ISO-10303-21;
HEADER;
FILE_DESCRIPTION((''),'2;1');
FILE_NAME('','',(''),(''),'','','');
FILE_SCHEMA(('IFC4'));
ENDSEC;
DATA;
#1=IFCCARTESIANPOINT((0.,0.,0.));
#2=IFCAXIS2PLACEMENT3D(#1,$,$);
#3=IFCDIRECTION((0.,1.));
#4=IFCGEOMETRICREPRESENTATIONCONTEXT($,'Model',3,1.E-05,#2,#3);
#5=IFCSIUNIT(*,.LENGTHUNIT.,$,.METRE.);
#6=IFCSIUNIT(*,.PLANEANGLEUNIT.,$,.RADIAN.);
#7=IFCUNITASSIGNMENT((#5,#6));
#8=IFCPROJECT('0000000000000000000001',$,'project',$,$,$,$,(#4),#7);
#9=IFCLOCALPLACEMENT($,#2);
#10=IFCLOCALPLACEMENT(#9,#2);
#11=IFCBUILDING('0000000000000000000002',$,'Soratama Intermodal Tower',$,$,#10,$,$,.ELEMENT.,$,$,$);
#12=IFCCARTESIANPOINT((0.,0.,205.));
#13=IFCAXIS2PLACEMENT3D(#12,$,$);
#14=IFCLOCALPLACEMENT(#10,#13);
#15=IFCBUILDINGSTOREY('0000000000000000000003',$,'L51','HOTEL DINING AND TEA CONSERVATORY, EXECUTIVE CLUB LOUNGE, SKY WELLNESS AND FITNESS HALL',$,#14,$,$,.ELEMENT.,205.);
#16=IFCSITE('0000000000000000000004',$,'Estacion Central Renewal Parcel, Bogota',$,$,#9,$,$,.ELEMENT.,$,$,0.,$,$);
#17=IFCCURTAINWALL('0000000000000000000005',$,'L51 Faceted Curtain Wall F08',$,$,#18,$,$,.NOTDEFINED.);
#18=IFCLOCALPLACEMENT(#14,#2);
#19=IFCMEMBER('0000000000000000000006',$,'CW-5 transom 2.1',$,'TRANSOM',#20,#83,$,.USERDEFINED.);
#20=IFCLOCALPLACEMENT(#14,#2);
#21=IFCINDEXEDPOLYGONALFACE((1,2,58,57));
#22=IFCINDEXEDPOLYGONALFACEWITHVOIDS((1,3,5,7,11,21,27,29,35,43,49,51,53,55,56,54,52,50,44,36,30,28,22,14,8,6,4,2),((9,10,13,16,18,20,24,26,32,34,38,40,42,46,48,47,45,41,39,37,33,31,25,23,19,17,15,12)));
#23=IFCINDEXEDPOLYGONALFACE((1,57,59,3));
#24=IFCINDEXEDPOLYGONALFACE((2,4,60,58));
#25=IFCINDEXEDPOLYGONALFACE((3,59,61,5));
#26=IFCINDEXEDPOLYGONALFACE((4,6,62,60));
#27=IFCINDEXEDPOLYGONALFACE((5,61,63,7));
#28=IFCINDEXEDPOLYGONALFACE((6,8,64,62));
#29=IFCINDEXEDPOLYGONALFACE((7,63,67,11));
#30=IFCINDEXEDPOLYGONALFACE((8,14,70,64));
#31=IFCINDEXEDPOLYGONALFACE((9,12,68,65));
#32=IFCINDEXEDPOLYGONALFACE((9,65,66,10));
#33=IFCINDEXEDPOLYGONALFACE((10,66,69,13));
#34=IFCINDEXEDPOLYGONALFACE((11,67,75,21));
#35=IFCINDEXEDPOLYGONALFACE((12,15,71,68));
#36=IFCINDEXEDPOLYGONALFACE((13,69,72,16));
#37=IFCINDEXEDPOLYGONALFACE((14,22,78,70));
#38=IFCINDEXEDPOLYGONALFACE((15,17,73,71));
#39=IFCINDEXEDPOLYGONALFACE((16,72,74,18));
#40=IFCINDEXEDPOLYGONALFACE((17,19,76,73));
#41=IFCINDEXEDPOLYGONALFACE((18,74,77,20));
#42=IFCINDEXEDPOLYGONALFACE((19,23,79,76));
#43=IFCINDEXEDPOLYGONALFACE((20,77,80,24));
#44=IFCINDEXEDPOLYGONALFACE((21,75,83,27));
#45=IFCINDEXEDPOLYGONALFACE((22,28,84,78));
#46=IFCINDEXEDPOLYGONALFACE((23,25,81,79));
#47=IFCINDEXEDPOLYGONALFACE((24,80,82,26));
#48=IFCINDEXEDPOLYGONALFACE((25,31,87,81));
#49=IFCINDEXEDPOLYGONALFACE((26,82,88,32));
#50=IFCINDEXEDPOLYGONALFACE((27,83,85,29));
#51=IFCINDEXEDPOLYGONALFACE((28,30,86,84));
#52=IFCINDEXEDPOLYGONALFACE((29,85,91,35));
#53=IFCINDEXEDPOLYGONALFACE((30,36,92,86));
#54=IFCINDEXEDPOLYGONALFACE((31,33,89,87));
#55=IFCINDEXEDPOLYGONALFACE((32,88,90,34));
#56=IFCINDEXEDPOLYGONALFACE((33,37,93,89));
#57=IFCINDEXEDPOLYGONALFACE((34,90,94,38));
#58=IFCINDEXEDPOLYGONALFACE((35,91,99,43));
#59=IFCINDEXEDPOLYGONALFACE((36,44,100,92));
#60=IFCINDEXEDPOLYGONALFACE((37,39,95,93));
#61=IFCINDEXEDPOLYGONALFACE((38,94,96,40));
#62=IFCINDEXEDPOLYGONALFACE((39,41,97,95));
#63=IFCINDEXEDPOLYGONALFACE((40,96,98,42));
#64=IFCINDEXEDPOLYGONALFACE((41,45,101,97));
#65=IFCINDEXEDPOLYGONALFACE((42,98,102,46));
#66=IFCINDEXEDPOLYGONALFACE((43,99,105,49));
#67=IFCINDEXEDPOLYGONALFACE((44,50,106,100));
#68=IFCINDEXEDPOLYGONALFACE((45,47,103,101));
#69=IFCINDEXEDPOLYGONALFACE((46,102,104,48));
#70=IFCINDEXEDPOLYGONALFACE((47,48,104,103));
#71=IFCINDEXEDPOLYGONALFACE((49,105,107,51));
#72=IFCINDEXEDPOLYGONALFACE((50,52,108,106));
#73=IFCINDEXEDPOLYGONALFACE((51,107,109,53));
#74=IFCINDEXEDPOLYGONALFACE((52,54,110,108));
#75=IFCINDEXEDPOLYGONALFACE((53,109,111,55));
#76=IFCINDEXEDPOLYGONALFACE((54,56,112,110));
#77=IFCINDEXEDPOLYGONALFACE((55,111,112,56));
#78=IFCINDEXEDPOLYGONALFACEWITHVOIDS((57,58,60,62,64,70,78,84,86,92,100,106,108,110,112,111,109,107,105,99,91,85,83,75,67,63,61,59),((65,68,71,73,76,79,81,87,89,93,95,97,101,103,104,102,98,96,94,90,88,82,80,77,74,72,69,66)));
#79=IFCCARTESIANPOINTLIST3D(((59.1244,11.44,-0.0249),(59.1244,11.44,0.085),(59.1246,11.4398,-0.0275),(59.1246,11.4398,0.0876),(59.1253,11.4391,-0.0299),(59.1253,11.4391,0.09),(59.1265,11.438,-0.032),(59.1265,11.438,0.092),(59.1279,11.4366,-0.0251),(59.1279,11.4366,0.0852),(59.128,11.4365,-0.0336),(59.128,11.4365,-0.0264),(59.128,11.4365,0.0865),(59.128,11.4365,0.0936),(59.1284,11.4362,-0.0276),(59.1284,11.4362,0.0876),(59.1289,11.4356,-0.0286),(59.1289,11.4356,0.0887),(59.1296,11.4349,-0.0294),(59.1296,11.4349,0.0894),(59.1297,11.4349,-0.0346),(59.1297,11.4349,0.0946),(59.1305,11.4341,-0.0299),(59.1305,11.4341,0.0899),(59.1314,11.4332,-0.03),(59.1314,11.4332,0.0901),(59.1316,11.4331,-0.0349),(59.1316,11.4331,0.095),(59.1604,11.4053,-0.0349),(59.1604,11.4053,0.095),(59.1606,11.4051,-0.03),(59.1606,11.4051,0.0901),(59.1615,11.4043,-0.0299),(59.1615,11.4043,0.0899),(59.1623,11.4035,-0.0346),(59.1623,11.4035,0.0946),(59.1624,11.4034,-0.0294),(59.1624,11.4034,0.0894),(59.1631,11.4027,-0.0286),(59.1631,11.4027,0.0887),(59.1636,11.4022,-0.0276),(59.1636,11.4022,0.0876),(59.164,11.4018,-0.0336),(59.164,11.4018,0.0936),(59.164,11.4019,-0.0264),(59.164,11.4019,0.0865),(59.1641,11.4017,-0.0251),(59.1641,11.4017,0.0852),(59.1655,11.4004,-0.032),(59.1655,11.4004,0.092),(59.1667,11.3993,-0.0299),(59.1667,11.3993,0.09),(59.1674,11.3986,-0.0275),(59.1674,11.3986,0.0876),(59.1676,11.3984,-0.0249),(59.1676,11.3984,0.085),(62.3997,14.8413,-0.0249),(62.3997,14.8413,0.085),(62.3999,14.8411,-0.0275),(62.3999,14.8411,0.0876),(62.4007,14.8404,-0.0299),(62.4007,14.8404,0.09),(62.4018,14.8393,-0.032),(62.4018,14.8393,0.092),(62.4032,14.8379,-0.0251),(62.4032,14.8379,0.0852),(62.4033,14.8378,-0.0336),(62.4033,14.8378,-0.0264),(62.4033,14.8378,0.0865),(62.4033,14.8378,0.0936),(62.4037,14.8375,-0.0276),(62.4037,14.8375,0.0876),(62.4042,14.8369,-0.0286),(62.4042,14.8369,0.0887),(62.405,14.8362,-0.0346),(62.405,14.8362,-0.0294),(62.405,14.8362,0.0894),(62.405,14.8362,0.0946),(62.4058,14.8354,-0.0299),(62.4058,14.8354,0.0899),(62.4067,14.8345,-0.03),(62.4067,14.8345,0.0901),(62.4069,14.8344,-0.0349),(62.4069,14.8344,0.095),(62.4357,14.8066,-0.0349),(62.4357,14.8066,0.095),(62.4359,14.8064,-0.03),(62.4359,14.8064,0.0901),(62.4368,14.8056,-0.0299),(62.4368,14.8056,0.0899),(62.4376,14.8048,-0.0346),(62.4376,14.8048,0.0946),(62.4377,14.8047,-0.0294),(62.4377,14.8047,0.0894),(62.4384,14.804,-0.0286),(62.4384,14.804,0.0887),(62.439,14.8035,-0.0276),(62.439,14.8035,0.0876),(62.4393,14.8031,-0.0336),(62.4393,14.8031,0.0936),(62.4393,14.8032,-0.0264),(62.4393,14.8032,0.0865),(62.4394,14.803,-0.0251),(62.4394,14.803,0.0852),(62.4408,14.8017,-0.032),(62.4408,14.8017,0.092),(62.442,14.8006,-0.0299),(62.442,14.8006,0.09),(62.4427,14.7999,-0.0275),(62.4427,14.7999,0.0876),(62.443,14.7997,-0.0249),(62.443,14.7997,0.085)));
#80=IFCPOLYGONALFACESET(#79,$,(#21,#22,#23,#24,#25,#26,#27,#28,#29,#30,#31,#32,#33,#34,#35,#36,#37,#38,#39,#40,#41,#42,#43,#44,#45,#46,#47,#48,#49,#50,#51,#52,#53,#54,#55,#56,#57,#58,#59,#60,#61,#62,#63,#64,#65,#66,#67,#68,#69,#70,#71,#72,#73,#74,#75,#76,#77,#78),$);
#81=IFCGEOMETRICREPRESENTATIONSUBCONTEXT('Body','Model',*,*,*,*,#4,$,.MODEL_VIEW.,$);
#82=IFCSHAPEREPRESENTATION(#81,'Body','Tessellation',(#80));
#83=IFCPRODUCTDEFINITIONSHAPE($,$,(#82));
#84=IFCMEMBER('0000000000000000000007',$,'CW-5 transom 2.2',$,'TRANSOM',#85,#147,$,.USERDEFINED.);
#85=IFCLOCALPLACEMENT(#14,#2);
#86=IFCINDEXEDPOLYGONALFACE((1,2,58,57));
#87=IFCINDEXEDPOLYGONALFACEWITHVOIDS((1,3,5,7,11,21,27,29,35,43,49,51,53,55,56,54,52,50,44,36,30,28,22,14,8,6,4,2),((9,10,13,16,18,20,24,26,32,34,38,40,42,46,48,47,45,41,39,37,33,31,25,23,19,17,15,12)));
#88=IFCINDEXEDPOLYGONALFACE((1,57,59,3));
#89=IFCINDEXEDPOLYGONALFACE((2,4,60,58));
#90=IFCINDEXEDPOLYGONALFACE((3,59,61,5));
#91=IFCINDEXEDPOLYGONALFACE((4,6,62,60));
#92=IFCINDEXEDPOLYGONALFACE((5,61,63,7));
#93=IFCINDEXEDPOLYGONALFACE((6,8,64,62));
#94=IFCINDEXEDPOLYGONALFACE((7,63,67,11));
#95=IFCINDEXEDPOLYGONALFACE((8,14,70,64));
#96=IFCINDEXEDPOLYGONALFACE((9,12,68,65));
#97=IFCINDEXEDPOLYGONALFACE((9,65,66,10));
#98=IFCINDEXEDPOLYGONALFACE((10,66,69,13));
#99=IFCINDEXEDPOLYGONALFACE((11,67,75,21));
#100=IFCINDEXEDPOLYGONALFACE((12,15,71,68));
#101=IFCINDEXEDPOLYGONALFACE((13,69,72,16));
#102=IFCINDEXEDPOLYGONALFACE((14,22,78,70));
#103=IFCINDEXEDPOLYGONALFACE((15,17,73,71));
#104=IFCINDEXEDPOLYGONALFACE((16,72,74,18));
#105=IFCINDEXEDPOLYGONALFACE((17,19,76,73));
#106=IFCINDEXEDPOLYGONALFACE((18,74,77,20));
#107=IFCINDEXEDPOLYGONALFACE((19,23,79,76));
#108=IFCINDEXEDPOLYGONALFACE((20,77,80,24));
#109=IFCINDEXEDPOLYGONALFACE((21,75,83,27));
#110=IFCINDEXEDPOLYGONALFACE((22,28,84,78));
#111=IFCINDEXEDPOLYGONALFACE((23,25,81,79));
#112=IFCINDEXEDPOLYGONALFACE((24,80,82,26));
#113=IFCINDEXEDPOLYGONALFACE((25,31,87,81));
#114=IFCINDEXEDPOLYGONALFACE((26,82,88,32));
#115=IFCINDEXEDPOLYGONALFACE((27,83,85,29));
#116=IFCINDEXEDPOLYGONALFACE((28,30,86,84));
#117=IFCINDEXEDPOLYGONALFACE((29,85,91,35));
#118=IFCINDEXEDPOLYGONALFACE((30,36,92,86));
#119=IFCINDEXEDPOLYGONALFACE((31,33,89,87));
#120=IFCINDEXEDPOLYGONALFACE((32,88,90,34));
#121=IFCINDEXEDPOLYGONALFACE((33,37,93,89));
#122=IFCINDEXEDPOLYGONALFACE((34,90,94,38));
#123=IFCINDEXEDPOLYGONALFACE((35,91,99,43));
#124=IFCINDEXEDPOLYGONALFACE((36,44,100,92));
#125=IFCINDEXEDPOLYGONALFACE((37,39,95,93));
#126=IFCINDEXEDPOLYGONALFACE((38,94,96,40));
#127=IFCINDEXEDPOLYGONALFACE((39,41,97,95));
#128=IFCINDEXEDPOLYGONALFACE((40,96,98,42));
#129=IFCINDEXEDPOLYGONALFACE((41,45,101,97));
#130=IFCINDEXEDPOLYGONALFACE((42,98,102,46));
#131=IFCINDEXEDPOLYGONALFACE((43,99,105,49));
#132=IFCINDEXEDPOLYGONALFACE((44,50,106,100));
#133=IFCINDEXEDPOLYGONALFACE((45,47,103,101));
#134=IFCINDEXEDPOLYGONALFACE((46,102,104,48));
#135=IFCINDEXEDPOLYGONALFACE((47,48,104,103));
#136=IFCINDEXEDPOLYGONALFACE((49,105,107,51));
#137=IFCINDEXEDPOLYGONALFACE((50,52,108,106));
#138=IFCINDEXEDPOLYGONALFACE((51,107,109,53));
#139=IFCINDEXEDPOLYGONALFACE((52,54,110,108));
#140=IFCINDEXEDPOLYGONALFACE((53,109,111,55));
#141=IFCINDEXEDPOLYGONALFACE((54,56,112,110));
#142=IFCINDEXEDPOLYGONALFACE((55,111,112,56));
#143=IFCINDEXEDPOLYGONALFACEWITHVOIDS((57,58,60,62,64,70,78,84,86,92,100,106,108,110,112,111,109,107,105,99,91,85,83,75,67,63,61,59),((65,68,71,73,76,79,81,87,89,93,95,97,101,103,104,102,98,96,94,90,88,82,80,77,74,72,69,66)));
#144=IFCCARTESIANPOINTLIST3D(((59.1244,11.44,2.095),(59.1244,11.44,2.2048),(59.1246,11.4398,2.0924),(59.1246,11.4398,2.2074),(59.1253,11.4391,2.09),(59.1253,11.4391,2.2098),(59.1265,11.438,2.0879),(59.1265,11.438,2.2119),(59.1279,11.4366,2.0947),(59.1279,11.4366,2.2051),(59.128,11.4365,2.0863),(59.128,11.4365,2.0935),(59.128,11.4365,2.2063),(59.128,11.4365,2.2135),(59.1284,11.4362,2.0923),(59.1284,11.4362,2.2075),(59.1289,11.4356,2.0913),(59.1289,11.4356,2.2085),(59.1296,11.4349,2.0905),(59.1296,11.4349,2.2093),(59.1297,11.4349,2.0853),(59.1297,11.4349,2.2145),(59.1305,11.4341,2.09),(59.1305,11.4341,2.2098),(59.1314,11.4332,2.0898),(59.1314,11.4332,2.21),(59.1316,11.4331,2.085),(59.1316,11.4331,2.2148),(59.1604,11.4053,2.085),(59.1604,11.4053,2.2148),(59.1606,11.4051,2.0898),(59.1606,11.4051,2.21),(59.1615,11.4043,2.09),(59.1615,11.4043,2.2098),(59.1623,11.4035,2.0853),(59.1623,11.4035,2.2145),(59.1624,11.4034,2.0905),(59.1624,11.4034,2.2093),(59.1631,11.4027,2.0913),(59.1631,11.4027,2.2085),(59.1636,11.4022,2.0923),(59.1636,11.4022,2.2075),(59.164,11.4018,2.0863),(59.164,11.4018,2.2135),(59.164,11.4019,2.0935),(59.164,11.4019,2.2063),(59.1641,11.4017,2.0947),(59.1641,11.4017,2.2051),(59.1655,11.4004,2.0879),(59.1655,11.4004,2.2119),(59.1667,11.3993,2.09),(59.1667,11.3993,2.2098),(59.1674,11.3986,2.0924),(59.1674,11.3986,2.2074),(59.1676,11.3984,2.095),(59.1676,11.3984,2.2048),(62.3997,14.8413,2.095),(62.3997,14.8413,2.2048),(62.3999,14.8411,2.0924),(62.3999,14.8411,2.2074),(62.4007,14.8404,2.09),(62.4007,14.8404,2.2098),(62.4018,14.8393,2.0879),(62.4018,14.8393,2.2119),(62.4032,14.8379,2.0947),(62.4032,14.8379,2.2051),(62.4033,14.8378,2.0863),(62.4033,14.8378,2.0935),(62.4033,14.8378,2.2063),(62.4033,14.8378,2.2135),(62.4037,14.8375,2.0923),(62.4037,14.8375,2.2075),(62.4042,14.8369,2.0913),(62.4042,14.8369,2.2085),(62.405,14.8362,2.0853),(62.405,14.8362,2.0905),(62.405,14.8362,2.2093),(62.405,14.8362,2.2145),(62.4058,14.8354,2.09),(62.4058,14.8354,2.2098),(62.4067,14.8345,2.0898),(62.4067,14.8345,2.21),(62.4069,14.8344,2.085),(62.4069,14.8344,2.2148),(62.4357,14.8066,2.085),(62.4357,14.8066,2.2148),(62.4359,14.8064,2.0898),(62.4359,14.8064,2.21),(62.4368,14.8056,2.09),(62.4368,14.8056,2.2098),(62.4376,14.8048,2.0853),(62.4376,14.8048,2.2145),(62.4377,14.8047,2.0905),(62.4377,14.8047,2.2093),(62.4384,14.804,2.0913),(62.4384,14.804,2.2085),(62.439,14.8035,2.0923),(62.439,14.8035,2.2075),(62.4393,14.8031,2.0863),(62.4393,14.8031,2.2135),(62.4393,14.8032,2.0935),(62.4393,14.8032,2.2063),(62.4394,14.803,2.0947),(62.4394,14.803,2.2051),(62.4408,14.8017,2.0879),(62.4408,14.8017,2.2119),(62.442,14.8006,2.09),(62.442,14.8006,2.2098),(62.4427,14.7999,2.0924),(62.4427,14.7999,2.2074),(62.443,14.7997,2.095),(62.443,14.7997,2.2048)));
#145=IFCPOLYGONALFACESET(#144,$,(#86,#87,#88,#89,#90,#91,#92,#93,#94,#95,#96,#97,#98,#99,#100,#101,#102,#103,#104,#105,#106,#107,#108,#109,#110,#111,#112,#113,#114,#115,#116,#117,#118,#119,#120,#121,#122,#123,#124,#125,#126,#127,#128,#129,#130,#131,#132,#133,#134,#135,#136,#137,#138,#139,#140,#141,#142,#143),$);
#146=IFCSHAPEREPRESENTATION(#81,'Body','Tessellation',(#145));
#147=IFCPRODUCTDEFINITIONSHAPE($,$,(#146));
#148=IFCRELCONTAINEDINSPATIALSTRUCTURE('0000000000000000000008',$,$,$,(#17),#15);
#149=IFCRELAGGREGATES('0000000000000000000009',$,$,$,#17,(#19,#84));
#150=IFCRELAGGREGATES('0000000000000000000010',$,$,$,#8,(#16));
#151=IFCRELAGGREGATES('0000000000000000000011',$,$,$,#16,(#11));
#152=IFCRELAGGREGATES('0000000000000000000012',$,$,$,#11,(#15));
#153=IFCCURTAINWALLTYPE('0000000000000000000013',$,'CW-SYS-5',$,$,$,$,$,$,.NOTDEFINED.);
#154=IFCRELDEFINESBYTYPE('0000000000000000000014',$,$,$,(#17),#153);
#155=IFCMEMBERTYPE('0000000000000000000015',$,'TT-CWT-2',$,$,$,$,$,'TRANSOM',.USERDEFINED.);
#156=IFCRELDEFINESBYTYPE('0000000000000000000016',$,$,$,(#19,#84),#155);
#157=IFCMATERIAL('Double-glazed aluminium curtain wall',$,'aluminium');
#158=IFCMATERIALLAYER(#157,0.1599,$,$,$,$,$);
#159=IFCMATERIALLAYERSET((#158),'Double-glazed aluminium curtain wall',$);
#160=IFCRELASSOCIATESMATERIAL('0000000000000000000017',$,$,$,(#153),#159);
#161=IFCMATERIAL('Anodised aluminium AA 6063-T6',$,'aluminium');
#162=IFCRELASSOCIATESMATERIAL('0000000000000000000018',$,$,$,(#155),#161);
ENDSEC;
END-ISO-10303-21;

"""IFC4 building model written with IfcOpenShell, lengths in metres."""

from ifc_helpers import new_model, si_unit, direction, frame, origin, origin_2d, place, context, subcontext, project, spatial, hollow_rectangle, extrude, material, layer, layer_set, material_profile, profile_set, type_object, element, aggregate, save


model = new_model("IFC4")

# Units and contexts
model_context = context("Model", 3, precision=1e-05, world=origin(), true_north=direction((0.0, 1.0)))
body_context = subcontext(model_context, "Body", "Model", "MODEL_VIEW")
ifc_project = project(units=[si_unit("LENGTHUNIT", "METRE"), si_unit("PLANEANGLEUNIT", "RADIAN")], contexts=[model_context])

# Site, building, storey
site_placement = place(None, origin())
site = spatial("IfcSite", under=ifc_project, at=site_placement, Name="Estacion Central Renewal Parcel, Bogota", CompositionType="ELEMENT", RefElevation=0.0)
building_placement = place(site_placement, origin())
building = spatial("IfcBuilding", under=site, at=building_placement, Name="Soratama Intermodal Tower", CompositionType="ELEMENT")
storey_placement = place(building_placement, frame((0.0, 0.0, 205.0)))
storey = spatial("IfcBuildingStorey", under=building, at=storey_placement, Name="L51", Description="HOTEL DINING AND TEA CONSERVATORY, EXECUTIVE CLUB LOUNGE, SKY WELLNESS AND FITNESS HALL", CompositionType="ELEMENT", Elevation=205.0)

# Curtain wall, members
ifc_material_1 = material(Name="Double-glazed aluminium curtain wall", Category="aluminium")
ifc_layer_1 = layer(ifc_material_1, 0.1599)
ifc_layer_set_1 = layer_set([ifc_layer_1], Name="Double-glazed aluminium curtain wall")
curtain_wall_type = type_object("IfcCurtainWallType", Name="CW-SYS-5", PredefinedType="NOTDEFINED", material=ifc_layer_set_1)
curtain_wall_placement = place(storey_placement, origin())
curtain_wall = element("IfcCurtainWall", 1, at=curtain_wall_placement, inside=storey, type_object=curtain_wall_type, Name="L51 Faceted Curtain Wall F08", PredefinedType="NOTDEFINED")
ifc_material_2 = material(Name="Anodised aluminium AA 6063-T6", Category="aluminium")
ifc_material_profile_1 = material_profile(ifc_material_2, hollow_rectangle(XDim=0.0601, YDim=0.1299, WallThickness=0.0049, InnerFilletRadius=0.0049, OuterFilletRadius=0.01, at=origin_2d()), Name="CWT130X60X5")
ifc_profile_set_1 = profile_set([ifc_material_profile_1], Name="Anodised aluminium AA 6063-T6")
member_type_1 = type_object("IfcMemberType", Name="TT-CWT-2", ElementType="TRANSOM", PredefinedType="USERDEFINED", material=ifc_profile_set_1)
member_1_placement = place(storey_placement, frame((59.146, 11.4192, 0.03), z_axis=(0.693642, 0.72032, 0.0), x_axis=(-0.72032, 0.693642, 0.0)))
member_1 = element("IfcMember", 2, at=member_1_placement, type_object=member_type_1, Name="CW-5 transom 2.1", ObjectType="TRANSOM", PredefinedType="USERDEFINED", context=body_context, shape_type="SweptSolid", body=[
    extrude(hollow_rectangle(XDim=0.0601, YDim=0.1299, WallThickness=0.0049, InnerFilletRadius=0.0049, OuterFilletRadius=0.01, at=origin_2d()), origin(), (0.0, 0.0, 1.0), 4.7219),
])
member_2_placement = place(storey_placement, frame((59.146, 11.4192, 2.1499), z_axis=(0.693642, 0.72032, 0.0), x_axis=(-0.72032, 0.693642, 0.0)))
member_2 = element("IfcMember", 3, at=member_2_placement, type_object=member_type_1, Name="CW-5 transom 2.2", ObjectType="TRANSOM", PredefinedType="USERDEFINED", context=body_context, shape_type="SweptSolid", body=[
    extrude(hollow_rectangle(XDim=0.0601, YDim=0.1299, WallThickness=0.0049, InnerFilletRadius=0.0049, OuterFilletRadius=0.01, at=origin_2d()), origin(), (0.0, 0.0, 1.0), 4.7219),
])
aggregate(curtain_wall, [member_1, member_2])

save(model, "model.ifc")
